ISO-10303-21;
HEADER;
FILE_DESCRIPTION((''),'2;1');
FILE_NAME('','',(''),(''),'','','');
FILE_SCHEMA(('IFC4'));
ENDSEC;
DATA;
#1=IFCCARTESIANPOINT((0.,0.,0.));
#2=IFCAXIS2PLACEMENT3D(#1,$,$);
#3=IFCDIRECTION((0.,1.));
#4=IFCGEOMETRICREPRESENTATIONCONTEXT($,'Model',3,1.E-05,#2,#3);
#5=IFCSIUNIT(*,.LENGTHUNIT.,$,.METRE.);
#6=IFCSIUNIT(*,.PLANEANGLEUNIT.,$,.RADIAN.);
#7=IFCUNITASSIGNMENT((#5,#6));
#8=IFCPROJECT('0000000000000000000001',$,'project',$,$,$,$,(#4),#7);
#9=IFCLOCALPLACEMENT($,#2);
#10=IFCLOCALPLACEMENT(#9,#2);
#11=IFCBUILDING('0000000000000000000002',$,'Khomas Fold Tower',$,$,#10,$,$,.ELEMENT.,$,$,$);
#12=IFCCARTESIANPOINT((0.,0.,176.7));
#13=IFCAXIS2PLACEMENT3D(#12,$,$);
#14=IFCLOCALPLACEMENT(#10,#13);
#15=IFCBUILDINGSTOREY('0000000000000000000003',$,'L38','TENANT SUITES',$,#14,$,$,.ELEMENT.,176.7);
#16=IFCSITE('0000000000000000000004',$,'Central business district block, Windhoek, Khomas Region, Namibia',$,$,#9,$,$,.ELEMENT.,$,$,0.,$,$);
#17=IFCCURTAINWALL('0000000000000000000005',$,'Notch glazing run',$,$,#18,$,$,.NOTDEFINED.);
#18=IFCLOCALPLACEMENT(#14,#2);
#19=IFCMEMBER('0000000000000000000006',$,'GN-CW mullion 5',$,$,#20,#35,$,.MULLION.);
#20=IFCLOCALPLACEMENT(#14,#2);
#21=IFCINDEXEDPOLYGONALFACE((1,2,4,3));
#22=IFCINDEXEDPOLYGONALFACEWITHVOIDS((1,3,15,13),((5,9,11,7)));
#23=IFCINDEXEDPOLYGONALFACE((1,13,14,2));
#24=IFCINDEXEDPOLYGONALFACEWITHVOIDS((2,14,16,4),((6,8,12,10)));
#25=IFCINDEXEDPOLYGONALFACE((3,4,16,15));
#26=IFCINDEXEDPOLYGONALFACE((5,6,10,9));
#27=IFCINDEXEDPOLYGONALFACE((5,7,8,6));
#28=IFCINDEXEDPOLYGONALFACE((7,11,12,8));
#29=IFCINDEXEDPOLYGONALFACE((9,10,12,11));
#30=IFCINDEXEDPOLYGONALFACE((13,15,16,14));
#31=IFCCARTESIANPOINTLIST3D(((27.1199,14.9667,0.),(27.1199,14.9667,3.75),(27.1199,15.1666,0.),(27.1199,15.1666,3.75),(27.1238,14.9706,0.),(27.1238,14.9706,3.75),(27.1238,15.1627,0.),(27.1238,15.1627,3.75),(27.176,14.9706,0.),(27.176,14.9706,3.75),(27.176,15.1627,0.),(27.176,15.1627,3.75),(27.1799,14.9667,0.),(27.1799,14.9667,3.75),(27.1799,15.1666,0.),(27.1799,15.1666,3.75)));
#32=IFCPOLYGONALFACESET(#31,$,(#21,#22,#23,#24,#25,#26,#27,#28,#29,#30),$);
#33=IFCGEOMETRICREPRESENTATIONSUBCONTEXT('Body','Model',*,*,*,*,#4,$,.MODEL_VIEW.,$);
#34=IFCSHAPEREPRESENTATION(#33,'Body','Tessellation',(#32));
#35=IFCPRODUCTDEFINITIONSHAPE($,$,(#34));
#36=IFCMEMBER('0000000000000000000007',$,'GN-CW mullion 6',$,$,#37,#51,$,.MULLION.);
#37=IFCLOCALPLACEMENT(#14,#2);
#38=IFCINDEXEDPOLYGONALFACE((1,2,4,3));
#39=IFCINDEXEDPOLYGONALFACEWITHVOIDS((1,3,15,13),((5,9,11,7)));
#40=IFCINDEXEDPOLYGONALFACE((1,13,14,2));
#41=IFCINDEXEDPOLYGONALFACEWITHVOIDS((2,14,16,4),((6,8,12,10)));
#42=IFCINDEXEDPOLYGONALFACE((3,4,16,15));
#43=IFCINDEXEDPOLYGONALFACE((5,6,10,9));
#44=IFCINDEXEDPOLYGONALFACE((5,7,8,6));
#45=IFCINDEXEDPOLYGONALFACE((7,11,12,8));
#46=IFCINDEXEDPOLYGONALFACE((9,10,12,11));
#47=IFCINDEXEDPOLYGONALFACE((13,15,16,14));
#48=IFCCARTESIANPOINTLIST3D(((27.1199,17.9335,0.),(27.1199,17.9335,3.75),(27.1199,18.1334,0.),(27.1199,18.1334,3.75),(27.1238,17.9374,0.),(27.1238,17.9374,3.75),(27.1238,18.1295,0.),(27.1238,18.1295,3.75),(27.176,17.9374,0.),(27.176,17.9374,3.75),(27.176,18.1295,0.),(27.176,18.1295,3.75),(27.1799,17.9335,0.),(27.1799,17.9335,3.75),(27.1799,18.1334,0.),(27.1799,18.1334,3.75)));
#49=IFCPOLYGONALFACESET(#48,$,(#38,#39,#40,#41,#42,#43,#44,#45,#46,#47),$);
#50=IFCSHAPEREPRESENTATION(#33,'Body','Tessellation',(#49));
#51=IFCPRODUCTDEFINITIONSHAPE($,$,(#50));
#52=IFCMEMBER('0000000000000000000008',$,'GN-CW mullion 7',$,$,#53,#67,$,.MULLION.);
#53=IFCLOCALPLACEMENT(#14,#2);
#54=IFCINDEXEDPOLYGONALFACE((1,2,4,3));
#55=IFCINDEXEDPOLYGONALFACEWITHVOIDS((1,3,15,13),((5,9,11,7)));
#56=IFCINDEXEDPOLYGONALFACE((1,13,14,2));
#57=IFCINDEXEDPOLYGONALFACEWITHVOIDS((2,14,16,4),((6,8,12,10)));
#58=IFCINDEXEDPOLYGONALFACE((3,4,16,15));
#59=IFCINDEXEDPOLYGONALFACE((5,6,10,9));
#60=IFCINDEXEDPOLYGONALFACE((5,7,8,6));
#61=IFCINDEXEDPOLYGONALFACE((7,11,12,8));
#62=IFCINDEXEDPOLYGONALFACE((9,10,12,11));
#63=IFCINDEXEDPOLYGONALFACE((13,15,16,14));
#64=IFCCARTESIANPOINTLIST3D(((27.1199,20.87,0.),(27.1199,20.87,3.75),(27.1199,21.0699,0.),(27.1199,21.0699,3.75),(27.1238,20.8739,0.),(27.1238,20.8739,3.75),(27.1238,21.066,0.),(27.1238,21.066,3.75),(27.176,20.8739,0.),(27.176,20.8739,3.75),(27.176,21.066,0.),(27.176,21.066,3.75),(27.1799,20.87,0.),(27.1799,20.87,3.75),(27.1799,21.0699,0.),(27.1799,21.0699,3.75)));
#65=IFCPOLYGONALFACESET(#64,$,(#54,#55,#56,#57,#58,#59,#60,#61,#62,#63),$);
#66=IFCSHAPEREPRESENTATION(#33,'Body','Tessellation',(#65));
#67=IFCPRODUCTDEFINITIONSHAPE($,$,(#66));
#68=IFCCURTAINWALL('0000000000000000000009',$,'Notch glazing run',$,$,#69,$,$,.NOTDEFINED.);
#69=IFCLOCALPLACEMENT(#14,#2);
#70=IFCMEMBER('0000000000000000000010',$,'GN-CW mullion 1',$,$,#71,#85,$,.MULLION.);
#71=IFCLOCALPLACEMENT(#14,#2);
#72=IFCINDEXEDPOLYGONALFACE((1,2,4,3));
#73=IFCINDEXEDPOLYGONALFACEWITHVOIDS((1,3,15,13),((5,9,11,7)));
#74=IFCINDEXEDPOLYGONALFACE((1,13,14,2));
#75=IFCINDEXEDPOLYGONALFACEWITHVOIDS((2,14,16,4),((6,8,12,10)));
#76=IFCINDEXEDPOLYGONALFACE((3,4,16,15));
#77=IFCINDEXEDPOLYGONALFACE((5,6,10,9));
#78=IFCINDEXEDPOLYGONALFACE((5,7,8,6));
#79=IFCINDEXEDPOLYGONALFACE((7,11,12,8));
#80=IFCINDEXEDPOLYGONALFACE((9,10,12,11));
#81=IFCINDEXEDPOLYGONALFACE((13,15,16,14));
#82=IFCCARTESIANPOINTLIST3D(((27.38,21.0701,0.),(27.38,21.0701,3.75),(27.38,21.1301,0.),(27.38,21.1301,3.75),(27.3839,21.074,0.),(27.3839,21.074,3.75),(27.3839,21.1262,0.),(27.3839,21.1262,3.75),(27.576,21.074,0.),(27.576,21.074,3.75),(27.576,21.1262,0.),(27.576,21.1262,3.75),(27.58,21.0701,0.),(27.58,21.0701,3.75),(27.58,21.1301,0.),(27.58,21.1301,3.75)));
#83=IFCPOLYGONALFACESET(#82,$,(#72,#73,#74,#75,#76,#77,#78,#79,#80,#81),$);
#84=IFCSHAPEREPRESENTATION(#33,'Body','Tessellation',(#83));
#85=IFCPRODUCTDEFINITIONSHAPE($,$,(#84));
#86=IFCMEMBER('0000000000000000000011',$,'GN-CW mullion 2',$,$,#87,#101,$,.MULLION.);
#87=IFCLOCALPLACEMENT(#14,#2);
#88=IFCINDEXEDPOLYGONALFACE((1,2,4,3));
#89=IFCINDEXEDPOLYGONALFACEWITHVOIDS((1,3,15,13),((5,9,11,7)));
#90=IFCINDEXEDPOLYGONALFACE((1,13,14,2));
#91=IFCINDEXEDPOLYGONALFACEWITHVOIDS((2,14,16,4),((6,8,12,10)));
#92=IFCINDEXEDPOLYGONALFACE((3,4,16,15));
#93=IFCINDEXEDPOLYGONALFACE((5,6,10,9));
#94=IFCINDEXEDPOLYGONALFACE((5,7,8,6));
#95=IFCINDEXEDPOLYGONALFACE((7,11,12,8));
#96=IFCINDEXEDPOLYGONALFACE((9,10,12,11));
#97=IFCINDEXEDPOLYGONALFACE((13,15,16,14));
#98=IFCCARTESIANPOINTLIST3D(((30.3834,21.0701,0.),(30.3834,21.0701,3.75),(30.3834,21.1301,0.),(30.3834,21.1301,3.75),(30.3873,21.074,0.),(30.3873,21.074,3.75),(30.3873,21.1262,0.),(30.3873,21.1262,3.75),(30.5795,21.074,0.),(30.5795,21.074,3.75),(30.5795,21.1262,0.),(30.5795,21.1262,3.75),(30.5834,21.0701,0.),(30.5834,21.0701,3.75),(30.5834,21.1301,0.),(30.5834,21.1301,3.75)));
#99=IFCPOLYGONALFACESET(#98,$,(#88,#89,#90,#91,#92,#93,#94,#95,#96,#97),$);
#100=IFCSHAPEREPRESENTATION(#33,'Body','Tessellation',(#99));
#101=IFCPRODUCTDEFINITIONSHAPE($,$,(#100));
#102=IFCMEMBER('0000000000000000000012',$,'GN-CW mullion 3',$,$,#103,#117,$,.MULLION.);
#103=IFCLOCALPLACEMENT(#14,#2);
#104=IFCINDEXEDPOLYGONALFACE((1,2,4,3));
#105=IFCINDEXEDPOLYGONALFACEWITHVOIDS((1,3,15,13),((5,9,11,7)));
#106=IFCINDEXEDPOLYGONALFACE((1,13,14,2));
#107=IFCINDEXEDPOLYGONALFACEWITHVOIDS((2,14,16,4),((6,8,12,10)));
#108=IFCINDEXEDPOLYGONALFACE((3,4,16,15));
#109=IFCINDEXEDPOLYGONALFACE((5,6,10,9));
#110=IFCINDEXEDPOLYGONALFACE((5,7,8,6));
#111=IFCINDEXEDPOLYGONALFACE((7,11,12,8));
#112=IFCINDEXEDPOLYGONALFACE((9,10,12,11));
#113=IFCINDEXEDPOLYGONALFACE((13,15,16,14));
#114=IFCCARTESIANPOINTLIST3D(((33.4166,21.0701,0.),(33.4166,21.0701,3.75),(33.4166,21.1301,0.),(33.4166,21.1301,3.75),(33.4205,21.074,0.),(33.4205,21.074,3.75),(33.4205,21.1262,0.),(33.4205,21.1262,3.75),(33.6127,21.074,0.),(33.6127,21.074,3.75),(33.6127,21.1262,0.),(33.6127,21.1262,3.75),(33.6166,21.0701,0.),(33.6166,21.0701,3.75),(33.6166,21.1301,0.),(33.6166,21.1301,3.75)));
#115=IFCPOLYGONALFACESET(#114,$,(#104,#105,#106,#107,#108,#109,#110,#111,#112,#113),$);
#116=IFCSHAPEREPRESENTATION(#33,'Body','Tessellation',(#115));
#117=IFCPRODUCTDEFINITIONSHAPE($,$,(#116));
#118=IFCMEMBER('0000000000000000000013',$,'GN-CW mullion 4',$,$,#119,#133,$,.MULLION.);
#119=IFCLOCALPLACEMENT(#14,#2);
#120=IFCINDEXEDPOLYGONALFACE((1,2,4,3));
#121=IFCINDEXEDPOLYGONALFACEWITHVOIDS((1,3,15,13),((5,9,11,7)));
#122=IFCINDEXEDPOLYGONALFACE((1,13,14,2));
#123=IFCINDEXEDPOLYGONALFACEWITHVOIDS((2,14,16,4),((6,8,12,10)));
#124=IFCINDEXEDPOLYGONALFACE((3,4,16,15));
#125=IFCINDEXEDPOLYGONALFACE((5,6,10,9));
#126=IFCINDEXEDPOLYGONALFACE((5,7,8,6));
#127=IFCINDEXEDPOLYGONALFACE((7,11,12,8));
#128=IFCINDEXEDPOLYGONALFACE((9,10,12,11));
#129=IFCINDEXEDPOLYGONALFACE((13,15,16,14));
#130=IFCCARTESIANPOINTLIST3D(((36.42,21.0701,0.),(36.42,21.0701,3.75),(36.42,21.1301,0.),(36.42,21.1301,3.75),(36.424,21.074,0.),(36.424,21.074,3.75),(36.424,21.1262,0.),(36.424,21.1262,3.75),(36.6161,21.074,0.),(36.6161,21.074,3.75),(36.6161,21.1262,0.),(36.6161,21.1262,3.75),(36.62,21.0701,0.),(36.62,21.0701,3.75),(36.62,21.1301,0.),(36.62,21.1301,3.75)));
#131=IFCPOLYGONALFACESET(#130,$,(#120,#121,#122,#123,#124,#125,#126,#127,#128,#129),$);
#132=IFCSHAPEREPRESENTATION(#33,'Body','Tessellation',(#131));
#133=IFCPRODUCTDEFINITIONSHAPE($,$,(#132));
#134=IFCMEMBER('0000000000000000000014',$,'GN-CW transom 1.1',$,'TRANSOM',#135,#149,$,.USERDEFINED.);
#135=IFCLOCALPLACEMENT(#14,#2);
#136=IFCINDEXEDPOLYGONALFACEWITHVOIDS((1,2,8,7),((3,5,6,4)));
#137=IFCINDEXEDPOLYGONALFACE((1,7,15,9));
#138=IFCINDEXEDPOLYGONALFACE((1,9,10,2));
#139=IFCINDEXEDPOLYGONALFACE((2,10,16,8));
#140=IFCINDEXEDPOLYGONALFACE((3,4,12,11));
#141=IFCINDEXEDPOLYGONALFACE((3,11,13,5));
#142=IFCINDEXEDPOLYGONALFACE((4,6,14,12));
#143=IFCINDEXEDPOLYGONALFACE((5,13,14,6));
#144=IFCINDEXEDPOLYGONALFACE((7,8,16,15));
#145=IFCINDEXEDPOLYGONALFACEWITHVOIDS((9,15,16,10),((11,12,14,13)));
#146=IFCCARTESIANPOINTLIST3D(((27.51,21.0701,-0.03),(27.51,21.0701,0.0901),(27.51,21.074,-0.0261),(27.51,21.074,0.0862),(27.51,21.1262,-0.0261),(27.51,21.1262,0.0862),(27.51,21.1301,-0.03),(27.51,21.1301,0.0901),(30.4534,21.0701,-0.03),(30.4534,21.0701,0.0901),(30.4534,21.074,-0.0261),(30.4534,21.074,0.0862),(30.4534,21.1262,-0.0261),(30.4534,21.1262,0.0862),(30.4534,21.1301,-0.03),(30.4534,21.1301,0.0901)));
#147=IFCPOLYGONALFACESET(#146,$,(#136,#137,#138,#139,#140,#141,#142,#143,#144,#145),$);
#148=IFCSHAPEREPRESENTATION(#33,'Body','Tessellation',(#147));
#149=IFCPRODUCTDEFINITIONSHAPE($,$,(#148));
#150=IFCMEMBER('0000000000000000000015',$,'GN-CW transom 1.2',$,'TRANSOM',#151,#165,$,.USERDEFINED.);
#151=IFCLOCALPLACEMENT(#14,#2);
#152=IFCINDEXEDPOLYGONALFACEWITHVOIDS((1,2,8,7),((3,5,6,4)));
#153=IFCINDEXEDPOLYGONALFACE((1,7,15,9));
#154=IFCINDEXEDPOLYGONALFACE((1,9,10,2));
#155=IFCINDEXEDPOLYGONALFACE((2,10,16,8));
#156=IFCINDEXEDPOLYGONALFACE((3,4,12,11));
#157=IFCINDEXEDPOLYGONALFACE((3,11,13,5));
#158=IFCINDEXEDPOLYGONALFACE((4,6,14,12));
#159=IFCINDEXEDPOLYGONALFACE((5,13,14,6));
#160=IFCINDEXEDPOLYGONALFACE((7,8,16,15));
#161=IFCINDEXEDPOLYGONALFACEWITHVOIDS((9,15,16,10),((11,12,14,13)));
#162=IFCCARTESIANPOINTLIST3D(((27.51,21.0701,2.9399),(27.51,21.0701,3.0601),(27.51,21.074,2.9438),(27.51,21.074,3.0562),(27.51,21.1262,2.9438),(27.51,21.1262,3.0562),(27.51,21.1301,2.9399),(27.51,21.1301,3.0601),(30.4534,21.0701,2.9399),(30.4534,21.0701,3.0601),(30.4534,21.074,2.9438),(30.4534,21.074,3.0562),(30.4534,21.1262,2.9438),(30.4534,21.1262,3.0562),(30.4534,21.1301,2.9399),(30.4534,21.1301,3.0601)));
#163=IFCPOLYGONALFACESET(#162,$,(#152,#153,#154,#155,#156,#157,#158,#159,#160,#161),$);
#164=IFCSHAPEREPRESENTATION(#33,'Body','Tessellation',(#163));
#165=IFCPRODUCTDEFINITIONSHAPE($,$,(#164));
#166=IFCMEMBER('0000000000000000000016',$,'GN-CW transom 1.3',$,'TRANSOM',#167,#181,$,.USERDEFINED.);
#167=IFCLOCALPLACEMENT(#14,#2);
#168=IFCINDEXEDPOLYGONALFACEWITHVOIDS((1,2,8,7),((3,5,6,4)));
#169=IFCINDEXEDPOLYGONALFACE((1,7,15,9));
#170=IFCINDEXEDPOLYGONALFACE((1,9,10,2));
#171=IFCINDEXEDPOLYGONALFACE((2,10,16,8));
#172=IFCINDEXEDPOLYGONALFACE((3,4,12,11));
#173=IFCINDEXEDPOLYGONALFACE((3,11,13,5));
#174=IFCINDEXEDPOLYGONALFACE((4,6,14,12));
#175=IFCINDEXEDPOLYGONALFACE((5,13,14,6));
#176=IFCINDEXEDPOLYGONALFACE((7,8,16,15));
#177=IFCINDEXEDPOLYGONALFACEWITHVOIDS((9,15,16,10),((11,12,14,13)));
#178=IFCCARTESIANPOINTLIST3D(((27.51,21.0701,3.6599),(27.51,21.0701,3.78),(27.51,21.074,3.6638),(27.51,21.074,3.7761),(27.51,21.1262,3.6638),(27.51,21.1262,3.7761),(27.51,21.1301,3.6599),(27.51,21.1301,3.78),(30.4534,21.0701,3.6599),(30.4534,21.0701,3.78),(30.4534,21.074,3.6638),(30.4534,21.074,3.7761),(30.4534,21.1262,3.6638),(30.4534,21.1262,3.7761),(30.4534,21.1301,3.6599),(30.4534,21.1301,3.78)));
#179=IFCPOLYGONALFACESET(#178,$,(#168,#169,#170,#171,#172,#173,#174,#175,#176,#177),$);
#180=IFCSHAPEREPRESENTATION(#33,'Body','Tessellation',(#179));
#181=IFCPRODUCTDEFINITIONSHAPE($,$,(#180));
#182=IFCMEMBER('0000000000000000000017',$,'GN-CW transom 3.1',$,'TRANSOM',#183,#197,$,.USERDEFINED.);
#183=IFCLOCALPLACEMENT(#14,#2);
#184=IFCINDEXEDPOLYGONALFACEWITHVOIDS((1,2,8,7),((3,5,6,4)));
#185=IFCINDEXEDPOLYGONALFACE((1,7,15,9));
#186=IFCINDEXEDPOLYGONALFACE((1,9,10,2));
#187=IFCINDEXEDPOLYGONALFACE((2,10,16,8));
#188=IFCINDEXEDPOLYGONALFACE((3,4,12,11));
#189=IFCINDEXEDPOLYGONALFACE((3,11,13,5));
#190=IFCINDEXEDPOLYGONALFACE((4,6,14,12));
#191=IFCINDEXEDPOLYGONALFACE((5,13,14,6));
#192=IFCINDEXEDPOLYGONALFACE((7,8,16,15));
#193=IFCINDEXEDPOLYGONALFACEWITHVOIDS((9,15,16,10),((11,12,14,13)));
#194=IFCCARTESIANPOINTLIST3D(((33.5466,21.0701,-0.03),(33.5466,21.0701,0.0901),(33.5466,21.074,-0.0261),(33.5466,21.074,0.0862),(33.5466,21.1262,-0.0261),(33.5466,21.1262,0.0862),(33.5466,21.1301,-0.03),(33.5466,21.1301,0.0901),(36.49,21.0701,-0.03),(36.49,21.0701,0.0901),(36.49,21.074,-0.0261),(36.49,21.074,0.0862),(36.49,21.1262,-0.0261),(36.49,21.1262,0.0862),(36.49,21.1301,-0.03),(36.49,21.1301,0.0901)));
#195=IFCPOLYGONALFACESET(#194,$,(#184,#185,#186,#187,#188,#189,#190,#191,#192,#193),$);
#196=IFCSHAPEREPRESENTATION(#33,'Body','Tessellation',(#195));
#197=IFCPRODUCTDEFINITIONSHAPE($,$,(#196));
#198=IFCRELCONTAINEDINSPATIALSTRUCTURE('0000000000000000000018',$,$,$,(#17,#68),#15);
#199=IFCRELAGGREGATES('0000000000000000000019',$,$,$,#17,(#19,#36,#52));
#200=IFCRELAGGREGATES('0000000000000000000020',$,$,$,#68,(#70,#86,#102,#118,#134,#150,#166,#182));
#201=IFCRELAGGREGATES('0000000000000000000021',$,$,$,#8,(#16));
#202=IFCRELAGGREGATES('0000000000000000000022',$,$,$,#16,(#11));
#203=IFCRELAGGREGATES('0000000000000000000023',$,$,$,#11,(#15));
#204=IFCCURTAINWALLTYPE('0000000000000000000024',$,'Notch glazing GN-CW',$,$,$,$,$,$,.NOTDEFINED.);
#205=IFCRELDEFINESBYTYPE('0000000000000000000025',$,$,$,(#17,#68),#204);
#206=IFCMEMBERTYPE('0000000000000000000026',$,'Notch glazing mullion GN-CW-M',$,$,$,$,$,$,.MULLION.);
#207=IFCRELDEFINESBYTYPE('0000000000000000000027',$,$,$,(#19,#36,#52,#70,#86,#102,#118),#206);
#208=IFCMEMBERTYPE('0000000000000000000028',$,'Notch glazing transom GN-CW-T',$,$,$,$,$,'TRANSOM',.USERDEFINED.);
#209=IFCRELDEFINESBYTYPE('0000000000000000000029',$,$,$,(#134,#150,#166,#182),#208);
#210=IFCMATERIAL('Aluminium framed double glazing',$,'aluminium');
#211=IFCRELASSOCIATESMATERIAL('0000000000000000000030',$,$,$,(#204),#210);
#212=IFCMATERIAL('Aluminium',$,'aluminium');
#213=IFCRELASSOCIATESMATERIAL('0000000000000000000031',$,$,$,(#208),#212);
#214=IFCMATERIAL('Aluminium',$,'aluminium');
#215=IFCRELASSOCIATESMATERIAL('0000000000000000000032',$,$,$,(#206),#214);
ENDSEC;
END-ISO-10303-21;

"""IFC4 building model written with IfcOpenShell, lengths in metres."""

from ifc_helpers import new_model, si_unit, direction, frame, origin, origin_2d, place, context, subcontext, project, spatial, hollow_rectangle, extrude, source, transform, mapped, material, material_profile, profile_set, type_object, element, aggregate, save


model = new_model("IFC4")

# Units and contexts
model_context = context("Model", 3, precision=1e-05, world=origin(), true_north=direction((0.0, 1.0)))
body_context = subcontext(model_context, "Body", "Model", "MODEL_VIEW")
ifc_project = project(units=[si_unit("LENGTHUNIT", "METRE"), si_unit("PLANEANGLEUNIT", "RADIAN")], contexts=[model_context])

# Site, building, storey
site_placement = place(None, origin())
site = spatial("IfcSite", under=ifc_project, at=site_placement, Name="Central business district block, Windhoek, Khomas Region, Namibia", CompositionType="ELEMENT", RefElevation=0.0)
building_placement = place(site_placement, origin())
building = spatial("IfcBuilding", under=site, at=building_placement, Name="Khomas Fold Tower", CompositionType="ELEMENT")
storey_placement = place(building_placement, frame((0.0, 0.0, 176.7)))
storey = spatial("IfcBuildingStorey", under=building, at=storey_placement, Name="L38", Description="TENANT SUITES", CompositionType="ELEMENT", Elevation=176.7)

# Curtain wall
ifc_material_1 = material(Name="Aluminium framed double glazing", Category="aluminium")
curtain_wall_type = type_object("IfcCurtainWallType", Name="Notch glazing GN-CW", PredefinedType="NOTDEFINED", material=ifc_material_1)
curtain_wall_1_placement = place(storey_placement, origin())
curtain_wall_1 = element("IfcCurtainWall", 1, at=curtain_wall_1_placement, inside=storey, type_object=curtain_wall_type, Name="Notch glazing run", PredefinedType="NOTDEFINED")
ifc_material_2 = material(Name="Aluminium", Category="aluminium")
ifc_material_profile_1 = material_profile(ifc_material_2, hollow_rectangle(XDim=0.0601, YDim=0.1201, WallThickness=0.0039, at=origin_2d()), Name="Notch glazing transom GN-CW-T")
ifc_profile_set_1 = profile_set([ifc_material_profile_1], Name="Aluminium")
member_type_1 = type_object("IfcMemberType", Name="Notch glazing transom GN-CW-T", ElementType="TRANSOM", PredefinedType="USERDEFINED", material=ifc_profile_set_1)

# Members
ifc_material_3 = material(Name="Aluminium", Category="aluminium")
ifc_material_profile_2 = material_profile(ifc_material_3, hollow_rectangle(XDim=0.0601, YDim=0.2, WallThickness=0.0039, at=origin_2d()), Name="Notch glazing mullion GN-CW-M")
ifc_profile_set_2 = profile_set([ifc_material_profile_2], Name="Aluminium")
member_type_2 = type_object("IfcMemberType", Name="Notch glazing mullion GN-CW-M", PredefinedType="MULLION", material=ifc_profile_set_2)
shared_shape_1 = source(origin(), body_context, "Body", "SweptSolid", [
    extrude(hollow_rectangle(XDim=0.0601, YDim=0.2, WallThickness=0.0039, at=origin_2d()), origin(), (0.0, 0.0, 1.0), 3.75),
])
member_1_placement = place(storey_placement, frame((27.1499, 15.0667, 0.0), z_axis=(0.0, 0.0, 1.0), x_axis=(-1.0, 0.0, 0.0)))
member_1 = element("IfcMember", 2, at=member_1_placement, type_object=member_type_2, Name="GN-CW mullion 5", PredefinedType="MULLION", context=body_context, shape_type="MappedRepresentation", body=[
    mapped(shared_shape_1, transform((0.0, 0.0, 0.0))),
])
member_2_placement = place(storey_placement, frame((27.1499, 18.0334, 0.0), z_axis=(0.0, 0.0, 1.0), x_axis=(-1.0, 0.0, 0.0)))
member_2 = element("IfcMember", 3, at=member_2_placement, type_object=member_type_2, Name="GN-CW mullion 6", PredefinedType="MULLION", context=body_context, shape_type="MappedRepresentation", body=[
    mapped(shared_shape_1, transform((0.0, 0.0, 0.0))),
])
member_3_placement = place(storey_placement, frame((27.1499, 20.97, 0.0), z_axis=(0.0, 0.0, 1.0), x_axis=(-1.0, 0.0, 0.0)))
member_3 = element("IfcMember", 4, at=member_3_placement, type_object=member_type_2, Name="GN-CW mullion 7", PredefinedType="MULLION", context=body_context, shape_type="MappedRepresentation", body=[
    mapped(shared_shape_1, transform((0.0, 0.0, 0.0))),
])

# Curtain wall, members
curtain_wall_2_placement = place(storey_placement, origin())
curtain_wall_2 = element("IfcCurtainWall", 5, at=curtain_wall_2_placement, inside=storey, type_object=curtain_wall_type, Name="Notch glazing run", PredefinedType="NOTDEFINED")
member_4_placement = place(storey_placement, frame((27.48, 21.1001, 0.0), z_axis=(0.0, 0.0, 1.0), x_axis=(0.0, 1.0, 0.0)))
member_4 = element("IfcMember", 6, at=member_4_placement, type_object=member_type_2, Name="GN-CW mullion 1", PredefinedType="MULLION", context=body_context, shape_type="MappedRepresentation", body=[
    mapped(shared_shape_1, transform((0.0, 0.0, 0.0))),
])
member_5_placement = place(storey_placement, frame((30.4834, 21.1001, 0.0), z_axis=(0.0, 0.0, 1.0), x_axis=(0.0, 1.0, 0.0)))
member_5 = element("IfcMember", 7, at=member_5_placement, type_object=member_type_2, Name="GN-CW mullion 2", PredefinedType="MULLION", context=body_context, shape_type="MappedRepresentation", body=[
    mapped(shared_shape_1, transform((0.0, 0.0, 0.0))),
])
member_6_placement = place(storey_placement, frame((33.5166, 21.1001, 0.0), z_axis=(0.0, 0.0, 1.0), x_axis=(0.0, 1.0, 0.0)))
member_6 = element("IfcMember", 8, at=member_6_placement, type_object=member_type_2, Name="GN-CW mullion 3", PredefinedType="MULLION", context=body_context, shape_type="MappedRepresentation", body=[
    mapped(shared_shape_1, transform((0.0, 0.0, 0.0))),
])
member_7_placement = place(storey_placement, frame((36.52, 21.1001, 0.0), z_axis=(0.0, 0.0, 1.0), x_axis=(0.0, 1.0, 0.0)))
member_7 = element("IfcMember", 9, at=member_7_placement, type_object=member_type_2, Name="GN-CW mullion 4", PredefinedType="MULLION", context=body_context, shape_type="MappedRepresentation", body=[
    mapped(shared_shape_1, transform((0.0, 0.0, 0.0))),
])
shared_shape_2 = source(origin(), body_context, "Body", "SweptSolid", [
    extrude(hollow_rectangle(XDim=0.0601, YDim=0.1201, WallThickness=0.0039, at=origin_2d()), origin(), (0.0, 0.0, 1.0), 2.9434),
])
member_8_placement = place(storey_placement, frame((27.51, 21.1001, 0.03), z_axis=(1.0, 0.0, 0.0), x_axis=(0.0, 1.0, 0.0)))
member_8 = element("IfcMember", 10, at=member_8_placement, type_object=member_type_1, Name="GN-CW transom 1.1", ObjectType="TRANSOM", PredefinedType="USERDEFINED", context=body_context, shape_type="MappedRepresentation", body=[
    mapped(shared_shape_2, transform((0.0, 0.0, 0.0))),
])
member_9_placement = place(storey_placement, frame((27.51, 21.1001, 3.0), z_axis=(1.0, 0.0, 0.0), x_axis=(0.0, 1.0, 0.0)))
member_9 = element("IfcMember", 11, at=member_9_placement, type_object=member_type_1, Name="GN-CW transom 1.2", ObjectType="TRANSOM", PredefinedType="USERDEFINED", context=body_context, shape_type="MappedRepresentation", body=[
    mapped(shared_shape_2, transform((0.0, 0.0, 0.0))),
])
member_10_placement = place(storey_placement, frame((27.51, 21.1001, 3.72), z_axis=(1.0, 0.0, 0.0), x_axis=(0.0, 1.0, 0.0)))
member_10 = element("IfcMember", 12, at=member_10_placement, type_object=member_type_1, Name="GN-CW transom 1.3", ObjectType="TRANSOM", PredefinedType="USERDEFINED", context=body_context, shape_type="MappedRepresentation", body=[
    mapped(shared_shape_2, transform((0.0, 0.0, 0.0))),
])
member_11_placement = place(storey_placement, frame((33.5466, 21.1001, 0.03), z_axis=(1.0, 0.0, 0.0), x_axis=(0.0, 1.0, 0.0)))
member_11 = element("IfcMember", 13, at=member_11_placement, type_object=member_type_1, Name="GN-CW transom 3.1", ObjectType="TRANSOM", PredefinedType="USERDEFINED", context=body_context, shape_type="MappedRepresentation", body=[
    mapped(shared_shape_2, transform((0.0, 0.0, 0.0))),
])

aggregate(curtain_wall_1, [member_1, member_2, member_3])
aggregate(curtain_wall_2, [member_4, member_5, member_6, member_7, member_8, member_9, member_10, member_11])

save(model, "model.ifc")
